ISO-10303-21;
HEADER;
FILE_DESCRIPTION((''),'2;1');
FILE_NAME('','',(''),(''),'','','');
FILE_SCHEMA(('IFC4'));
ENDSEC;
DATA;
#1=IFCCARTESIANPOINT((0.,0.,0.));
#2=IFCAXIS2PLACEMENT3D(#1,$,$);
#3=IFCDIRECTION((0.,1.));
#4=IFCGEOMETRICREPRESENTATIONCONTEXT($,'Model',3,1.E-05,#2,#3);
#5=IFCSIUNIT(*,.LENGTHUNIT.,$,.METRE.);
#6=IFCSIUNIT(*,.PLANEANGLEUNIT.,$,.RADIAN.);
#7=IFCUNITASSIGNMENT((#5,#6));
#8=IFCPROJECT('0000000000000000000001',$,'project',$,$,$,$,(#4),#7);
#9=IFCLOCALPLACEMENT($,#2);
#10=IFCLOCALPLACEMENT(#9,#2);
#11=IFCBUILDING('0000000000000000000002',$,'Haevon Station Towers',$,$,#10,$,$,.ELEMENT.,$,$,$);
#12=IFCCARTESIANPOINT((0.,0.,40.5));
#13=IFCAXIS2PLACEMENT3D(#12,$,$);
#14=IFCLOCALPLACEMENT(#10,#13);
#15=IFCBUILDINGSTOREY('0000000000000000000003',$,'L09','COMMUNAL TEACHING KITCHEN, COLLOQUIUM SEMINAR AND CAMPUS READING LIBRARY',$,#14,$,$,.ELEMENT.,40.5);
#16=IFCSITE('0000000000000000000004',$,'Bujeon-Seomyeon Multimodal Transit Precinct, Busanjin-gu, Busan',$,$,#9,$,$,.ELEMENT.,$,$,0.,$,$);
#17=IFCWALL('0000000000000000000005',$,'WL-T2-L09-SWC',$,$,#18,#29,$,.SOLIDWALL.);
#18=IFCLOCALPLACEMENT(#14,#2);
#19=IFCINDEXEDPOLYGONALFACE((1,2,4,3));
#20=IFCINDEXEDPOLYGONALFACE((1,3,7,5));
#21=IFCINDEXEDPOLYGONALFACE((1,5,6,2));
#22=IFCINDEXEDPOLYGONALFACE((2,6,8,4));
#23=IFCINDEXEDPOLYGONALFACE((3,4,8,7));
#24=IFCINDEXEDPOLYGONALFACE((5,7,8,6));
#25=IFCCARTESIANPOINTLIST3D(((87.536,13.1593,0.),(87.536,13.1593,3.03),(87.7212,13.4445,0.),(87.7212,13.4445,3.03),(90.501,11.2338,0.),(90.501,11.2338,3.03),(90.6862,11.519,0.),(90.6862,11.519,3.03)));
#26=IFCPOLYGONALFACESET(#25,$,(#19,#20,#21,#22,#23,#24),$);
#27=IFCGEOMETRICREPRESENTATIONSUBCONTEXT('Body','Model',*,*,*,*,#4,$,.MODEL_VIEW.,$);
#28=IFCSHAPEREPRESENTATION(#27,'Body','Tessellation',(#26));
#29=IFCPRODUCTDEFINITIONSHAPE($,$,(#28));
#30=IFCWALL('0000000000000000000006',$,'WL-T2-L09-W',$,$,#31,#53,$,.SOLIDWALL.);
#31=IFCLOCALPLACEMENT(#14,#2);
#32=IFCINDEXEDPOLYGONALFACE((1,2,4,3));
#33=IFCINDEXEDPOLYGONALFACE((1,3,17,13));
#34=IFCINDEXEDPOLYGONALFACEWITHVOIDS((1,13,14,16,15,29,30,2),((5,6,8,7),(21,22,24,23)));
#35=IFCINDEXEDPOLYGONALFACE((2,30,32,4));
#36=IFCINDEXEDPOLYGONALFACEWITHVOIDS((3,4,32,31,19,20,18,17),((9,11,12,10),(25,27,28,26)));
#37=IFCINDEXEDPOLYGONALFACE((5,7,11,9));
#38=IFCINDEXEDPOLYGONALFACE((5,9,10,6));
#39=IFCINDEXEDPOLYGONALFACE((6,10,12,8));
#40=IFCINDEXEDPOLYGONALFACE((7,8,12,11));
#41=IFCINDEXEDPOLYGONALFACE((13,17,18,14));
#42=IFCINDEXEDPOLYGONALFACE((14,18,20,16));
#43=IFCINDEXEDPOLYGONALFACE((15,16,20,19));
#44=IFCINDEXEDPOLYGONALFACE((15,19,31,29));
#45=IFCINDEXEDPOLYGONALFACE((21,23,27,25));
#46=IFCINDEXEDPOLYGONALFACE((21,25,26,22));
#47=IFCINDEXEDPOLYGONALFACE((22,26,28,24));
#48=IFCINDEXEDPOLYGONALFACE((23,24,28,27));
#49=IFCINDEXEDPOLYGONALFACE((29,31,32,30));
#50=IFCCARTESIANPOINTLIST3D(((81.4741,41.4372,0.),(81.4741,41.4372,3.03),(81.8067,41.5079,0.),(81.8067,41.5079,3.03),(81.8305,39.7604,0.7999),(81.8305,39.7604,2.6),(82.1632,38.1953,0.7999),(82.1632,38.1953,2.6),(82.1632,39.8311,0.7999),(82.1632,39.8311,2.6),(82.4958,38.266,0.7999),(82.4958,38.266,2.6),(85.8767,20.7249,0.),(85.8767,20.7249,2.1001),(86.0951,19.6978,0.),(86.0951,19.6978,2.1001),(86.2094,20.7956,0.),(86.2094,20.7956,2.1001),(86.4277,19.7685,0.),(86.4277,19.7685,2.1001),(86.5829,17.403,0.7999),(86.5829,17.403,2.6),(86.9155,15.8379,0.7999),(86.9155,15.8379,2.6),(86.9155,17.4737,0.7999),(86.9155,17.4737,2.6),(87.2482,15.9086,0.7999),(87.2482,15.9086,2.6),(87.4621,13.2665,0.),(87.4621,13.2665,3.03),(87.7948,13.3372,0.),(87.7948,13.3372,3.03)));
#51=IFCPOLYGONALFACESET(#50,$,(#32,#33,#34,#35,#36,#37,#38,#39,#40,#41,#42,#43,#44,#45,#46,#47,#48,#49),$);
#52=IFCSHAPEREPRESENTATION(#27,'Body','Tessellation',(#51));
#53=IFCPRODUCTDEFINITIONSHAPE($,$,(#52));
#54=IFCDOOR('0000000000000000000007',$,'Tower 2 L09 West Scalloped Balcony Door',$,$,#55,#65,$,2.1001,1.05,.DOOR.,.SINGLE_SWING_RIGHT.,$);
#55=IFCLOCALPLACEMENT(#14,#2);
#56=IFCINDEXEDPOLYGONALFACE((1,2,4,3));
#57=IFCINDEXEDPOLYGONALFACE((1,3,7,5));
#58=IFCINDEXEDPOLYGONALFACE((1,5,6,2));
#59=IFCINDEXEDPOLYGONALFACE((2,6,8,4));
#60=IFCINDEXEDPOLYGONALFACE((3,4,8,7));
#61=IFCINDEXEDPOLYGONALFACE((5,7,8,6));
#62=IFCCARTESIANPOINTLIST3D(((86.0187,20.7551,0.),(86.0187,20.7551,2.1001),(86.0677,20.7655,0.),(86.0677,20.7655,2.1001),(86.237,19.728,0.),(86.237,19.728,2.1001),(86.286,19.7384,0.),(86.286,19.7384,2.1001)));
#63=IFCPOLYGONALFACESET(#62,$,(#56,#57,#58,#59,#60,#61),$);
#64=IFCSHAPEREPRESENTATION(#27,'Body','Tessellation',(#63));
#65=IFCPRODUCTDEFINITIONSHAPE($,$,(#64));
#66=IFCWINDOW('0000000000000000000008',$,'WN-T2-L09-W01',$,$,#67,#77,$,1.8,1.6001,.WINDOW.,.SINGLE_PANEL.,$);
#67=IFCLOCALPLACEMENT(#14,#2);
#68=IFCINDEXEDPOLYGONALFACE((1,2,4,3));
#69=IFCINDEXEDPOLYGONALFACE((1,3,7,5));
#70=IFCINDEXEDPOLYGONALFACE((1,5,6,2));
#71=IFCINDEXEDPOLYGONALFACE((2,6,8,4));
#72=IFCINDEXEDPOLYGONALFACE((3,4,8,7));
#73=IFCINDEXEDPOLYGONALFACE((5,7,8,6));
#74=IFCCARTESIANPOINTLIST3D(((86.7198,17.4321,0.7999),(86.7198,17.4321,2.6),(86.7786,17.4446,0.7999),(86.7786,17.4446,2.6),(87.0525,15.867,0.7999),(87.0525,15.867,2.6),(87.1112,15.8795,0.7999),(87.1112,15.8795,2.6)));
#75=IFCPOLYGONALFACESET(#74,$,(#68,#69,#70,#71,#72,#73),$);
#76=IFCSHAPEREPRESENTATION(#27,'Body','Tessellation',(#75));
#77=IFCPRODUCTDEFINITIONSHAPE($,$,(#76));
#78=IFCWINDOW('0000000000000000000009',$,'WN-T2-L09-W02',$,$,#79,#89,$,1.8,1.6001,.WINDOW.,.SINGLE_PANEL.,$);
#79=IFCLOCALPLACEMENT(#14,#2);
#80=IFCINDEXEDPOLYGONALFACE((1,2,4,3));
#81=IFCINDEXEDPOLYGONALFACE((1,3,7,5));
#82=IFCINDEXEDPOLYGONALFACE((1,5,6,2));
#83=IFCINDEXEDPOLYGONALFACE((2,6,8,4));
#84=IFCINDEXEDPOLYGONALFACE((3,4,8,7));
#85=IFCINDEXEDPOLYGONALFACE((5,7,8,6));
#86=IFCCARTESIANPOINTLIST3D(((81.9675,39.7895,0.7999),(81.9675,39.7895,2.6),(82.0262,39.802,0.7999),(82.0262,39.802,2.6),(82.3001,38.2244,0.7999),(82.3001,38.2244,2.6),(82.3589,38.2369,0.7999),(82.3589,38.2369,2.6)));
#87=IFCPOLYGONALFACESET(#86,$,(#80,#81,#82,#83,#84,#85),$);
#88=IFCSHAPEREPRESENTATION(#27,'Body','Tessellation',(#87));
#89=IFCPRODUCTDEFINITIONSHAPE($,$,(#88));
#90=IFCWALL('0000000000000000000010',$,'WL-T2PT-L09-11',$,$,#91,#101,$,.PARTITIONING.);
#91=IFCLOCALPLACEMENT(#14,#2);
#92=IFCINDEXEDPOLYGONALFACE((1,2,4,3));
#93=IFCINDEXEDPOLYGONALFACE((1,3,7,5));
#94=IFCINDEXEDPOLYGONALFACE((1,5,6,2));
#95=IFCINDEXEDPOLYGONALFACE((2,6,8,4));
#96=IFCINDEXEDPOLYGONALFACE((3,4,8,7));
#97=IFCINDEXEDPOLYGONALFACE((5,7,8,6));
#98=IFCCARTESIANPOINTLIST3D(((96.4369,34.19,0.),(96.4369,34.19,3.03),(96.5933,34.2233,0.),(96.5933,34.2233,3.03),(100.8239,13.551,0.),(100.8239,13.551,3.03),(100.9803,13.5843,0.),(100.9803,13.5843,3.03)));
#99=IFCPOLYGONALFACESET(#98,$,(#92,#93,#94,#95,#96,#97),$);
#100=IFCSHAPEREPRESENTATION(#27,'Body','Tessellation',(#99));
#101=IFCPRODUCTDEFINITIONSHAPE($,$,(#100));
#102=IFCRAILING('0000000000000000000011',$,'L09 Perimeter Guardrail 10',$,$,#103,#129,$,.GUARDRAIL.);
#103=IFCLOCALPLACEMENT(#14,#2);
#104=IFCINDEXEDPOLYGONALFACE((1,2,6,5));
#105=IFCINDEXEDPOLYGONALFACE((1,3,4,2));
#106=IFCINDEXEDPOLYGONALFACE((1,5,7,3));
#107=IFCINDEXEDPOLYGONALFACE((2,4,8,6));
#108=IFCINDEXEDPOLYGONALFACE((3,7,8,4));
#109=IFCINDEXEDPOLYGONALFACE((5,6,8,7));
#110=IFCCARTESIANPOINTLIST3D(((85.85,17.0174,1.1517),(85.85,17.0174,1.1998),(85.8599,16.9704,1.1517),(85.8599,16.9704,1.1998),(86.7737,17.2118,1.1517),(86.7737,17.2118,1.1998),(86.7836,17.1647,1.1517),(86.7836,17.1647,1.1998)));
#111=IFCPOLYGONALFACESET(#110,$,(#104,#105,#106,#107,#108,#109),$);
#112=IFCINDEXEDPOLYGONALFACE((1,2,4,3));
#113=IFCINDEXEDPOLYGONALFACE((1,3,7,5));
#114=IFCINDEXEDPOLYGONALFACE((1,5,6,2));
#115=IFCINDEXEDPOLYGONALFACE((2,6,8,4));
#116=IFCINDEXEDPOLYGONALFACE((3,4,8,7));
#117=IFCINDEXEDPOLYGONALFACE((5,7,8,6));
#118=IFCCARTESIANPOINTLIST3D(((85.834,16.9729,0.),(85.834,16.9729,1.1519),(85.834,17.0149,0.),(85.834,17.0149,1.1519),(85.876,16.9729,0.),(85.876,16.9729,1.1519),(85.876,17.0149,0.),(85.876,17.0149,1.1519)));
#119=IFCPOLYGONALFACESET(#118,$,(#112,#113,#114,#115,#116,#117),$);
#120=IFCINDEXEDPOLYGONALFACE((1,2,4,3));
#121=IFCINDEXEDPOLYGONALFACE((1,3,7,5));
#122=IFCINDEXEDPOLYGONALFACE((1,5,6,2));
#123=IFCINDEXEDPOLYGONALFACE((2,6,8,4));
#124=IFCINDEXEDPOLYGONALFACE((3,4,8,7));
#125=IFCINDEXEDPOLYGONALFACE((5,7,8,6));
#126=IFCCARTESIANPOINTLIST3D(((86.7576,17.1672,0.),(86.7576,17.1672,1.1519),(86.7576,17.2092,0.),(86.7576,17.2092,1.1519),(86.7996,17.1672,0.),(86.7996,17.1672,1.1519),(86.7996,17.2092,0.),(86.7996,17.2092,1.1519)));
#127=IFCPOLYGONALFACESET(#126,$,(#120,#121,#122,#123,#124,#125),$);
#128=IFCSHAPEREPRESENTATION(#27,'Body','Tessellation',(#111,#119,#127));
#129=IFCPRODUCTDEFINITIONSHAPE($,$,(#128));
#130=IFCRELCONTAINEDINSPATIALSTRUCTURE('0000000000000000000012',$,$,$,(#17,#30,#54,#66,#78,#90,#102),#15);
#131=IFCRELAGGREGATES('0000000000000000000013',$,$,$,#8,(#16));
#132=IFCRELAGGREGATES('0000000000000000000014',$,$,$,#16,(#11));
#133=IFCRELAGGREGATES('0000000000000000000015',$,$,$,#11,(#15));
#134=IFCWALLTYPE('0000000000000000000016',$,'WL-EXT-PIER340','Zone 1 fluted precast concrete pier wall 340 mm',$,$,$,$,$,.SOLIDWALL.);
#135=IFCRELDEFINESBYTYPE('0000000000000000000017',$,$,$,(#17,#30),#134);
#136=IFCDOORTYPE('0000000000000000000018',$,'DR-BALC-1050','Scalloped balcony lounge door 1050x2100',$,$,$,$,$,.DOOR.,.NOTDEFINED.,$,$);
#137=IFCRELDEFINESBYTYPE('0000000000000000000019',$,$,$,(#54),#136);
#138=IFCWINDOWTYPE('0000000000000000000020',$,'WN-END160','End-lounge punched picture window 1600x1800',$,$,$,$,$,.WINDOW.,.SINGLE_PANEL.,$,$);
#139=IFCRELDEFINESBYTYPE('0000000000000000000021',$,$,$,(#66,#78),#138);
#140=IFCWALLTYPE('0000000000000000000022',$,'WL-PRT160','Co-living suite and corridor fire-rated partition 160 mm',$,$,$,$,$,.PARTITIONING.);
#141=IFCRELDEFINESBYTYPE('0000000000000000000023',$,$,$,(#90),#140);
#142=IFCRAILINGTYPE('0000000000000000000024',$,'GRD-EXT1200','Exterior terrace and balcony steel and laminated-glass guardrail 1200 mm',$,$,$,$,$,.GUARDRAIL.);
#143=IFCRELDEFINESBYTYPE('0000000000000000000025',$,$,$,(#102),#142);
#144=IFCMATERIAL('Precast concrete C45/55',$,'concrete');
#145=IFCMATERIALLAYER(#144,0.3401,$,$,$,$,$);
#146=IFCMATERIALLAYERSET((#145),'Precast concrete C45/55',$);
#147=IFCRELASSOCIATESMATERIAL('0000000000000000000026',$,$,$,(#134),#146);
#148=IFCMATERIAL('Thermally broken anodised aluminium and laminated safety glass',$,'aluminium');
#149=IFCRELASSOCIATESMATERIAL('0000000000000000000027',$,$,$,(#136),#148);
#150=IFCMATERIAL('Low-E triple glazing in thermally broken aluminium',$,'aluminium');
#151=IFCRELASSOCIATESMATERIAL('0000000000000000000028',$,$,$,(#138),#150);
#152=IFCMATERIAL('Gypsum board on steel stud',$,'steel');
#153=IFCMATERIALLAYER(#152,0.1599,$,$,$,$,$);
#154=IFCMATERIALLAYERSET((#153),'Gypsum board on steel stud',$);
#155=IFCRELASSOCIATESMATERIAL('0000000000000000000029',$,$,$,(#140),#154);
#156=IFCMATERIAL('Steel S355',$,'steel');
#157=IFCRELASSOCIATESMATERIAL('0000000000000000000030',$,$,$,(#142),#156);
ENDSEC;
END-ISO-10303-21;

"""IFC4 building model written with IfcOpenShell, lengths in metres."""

from ifc_helpers import new_model, si_unit, direction, frame, frame_2d, origin, origin_2d, place, context, subcontext, project, spatial, rectangle, extrude, material, layer, layer_set, type_object, element, fill, save


model = new_model("IFC4")

# Units and contexts
model_context = context("Model", 3, precision=1e-05, world=origin(), true_north=direction((0.0, 1.0)))
body_context = subcontext(model_context, "Body", "Model", "MODEL_VIEW")
ifc_project = project(units=[si_unit("LENGTHUNIT", "METRE"), si_unit("PLANEANGLEUNIT", "RADIAN")], contexts=[model_context])

# Site, building, storey
site_placement = place(None, origin())
site = spatial("IfcSite", under=ifc_project, at=site_placement, Name="Bujeon-Seomyeon Multimodal Transit Precinct, Busanjin-gu, Busan", CompositionType="ELEMENT", RefElevation=0.0)
building_placement = place(site_placement, origin())
building = spatial("IfcBuilding", under=site, at=building_placement, Name="Haevon Station Towers", CompositionType="ELEMENT")
storey_placement = place(building_placement, frame((0.0, 0.0, 40.5)))
storey = spatial("IfcBuildingStorey", under=building, at=storey_placement, Name="L09", Description="COMMUNAL TEACHING KITCHEN, COLLOQUIUM SEMINAR AND CAMPUS READING LIBRARY", CompositionType="ELEMENT", Elevation=40.5)

# Shared definitions
ifc_material_1 = material(Name="Steel S355", Category="steel")

# Shared definitions
ifc_material_2 = material(Name="Gypsum board on steel stud", Category="steel")

# Wall
ifc_material_3 = material(Name="Precast concrete C45/55", Category="concrete")
ifc_layer_1 = layer(ifc_material_3, 0.3401)
ifc_layer_set_1 = layer_set([ifc_layer_1], Name="Precast concrete C45/55")
wall_type_1 = type_object("IfcWallType", Name="WL-EXT-PIER340", Description="Zone 1 fluted precast concrete pier wall 340 mm", PredefinedType="SOLIDWALL", material=ifc_layer_set_1)
wall_1_placement = place(storey_placement, frame((90.5935, 11.3765, 0.0), z_axis=(0.0, 0.0, 1.0), x_axis=(-0.838672, 0.544636, 0.0)))
element("IfcWall", 1, at=wall_1_placement, inside=storey, type_object=wall_type_1, Name="WL-T2-L09-SWC", PredefinedType="SOLIDWALL", context=body_context, shape_type="SweptSolid", body=[
    extrude(rectangle(XDim=3.5354, YDim=0.3401, at=frame_2d((1.7676, 0.0))), origin(), (0.0, 0.0, 1.0), 3.03),
])

# Wall, openings, door, windows
wall_2_placement = place(storey_placement, frame((87.6284, 13.302, 0.0), z_axis=(0.0, 0.0, 1.0), x_axis=(-0.207918, 0.978146, 0.0)))
wall_2 = element("IfcWall", 2, at=wall_2_placement, inside=storey, type_object=wall_type_1, Name="WL-T2-L09-W", PredefinedType="SOLIDWALL", context=body_context, shape_type="SweptSolid", body=[
    extrude(rectangle(XDim=28.8, YDim=0.3401, at=frame_2d((14.3999, 0.0))), origin(), (0.0, 0.0, 1.0), 3.03),
])
opening_1_placement = place(wall_2_placement, frame((6.575, 0.0, 0.0)))
opening_1 = element("IfcOpeningElement", 3, at=opening_1_placement, cuts=wall_2, PredefinedType="OPENING", context=body_context, shape_type="SweptSolid", body=[
    extrude(rectangle(XDim=1.05, YDim=2.1001, at=frame_2d((0.5249, 1.05))), frame((0.0, 0.1799, 0.0), z_axis=(0.0, -1.0, 0.0), x_axis=(1.0, 0.0, 0.0)), (0.0, 0.0, 1.0), 0.3601),
])
opening_2_placement = place(wall_2_placement, frame((2.6287, 0.0, 0.8)))
opening_2 = element("IfcOpeningElement", 4, at=opening_2_placement, cuts=wall_2, PredefinedType="OPENING", context=body_context, shape_type="SweptSolid", body=[
    extrude(rectangle(XDim=1.6001, YDim=1.8, at=frame_2d((0.8, 0.8999))), frame((0.0, 0.1799, 0.0), z_axis=(0.0, -1.0, 0.0), x_axis=(1.0, 0.0, 0.0)), (0.0, 0.0, 1.0), 0.3601),
])
opening_3_placement = place(wall_2_placement, frame((25.4856, 0.0, 0.8)))
opening_3 = element("IfcOpeningElement", 5, at=opening_3_placement, cuts=wall_2, PredefinedType="OPENING", context=body_context, shape_type="SweptSolid", body=[
    extrude(rectangle(XDim=1.6001, YDim=1.8, at=frame_2d((0.8, 0.8999))), frame((0.0, 0.1799, 0.0), z_axis=(0.0, -1.0, 0.0), x_axis=(1.0, 0.0, 0.0)), (0.0, 0.0, 1.0), 0.3601),
])
ifc_material_4 = material(Name="Thermally broken anodised aluminium and laminated safety glass", Category="aluminium")
door_type_1 = type_object("IfcDoorType", Name="DR-BALC-1050", Description="Scalloped balcony lounge door 1050x2100", OperationType="NOTDEFINED", PredefinedType="DOOR", material=ifc_material_4)
door_1_placement = place(opening_1_placement, origin())
door_1 = element("IfcDoor", 6, at=door_1_placement, inside=storey, type_object=door_type_1, Name="Tower 2 L09 West Scalloped Balcony Door", OperationType="SINGLE_SWING_RIGHT", OverallHeight=2.1001, OverallWidth=1.05, PredefinedType="DOOR", context=body_context, shape_type="SweptSolid", body=[
    extrude(rectangle(XDim=1.05, YDim=2.1001, at=frame_2d((0.5249, 1.05))), frame((0.0, 0.0249, 0.0), z_axis=(0.0, -1.0, 0.0), x_axis=(1.0, 0.0, 0.0)), (0.0, 0.0, 1.0), 0.05),
])
fill(opening_1, door_1)
ifc_material_5 = material(Name="Low-E triple glazing in thermally broken aluminium", Category="aluminium")
window_type = type_object("IfcWindowType", Name="WN-END160", Description="End-lounge punched picture window 1600x1800", PartitioningType="SINGLE_PANEL", PredefinedType="WINDOW", material=ifc_material_5)
window_1_placement = place(opening_2_placement, origin())
window_1 = element("IfcWindow", 7, at=window_1_placement, inside=storey, type_object=window_type, Name="WN-T2-L09-W01", OverallHeight=1.8, OverallWidth=1.6001, PartitioningType="SINGLE_PANEL", PredefinedType="WINDOW", context=body_context, shape_type="SweptSolid", body=[
    extrude(rectangle(XDim=1.6001, YDim=1.8, at=frame_2d((0.8, 0.8999))), frame((0.0, 0.03, 0.0), z_axis=(0.0, -1.0, 0.0), x_axis=(1.0, 0.0, 0.0)), (0.0, 0.0, 1.0), 0.0601),
])
fill(opening_2, window_1)
window_2_placement = place(opening_3_placement, origin())
window_2 = element("IfcWindow", 8, at=window_2_placement, inside=storey, type_object=window_type, Name="WN-T2-L09-W02", OverallHeight=1.8, OverallWidth=1.6001, PartitioningType="SINGLE_PANEL", PredefinedType="WINDOW", context=body_context, shape_type="SweptSolid", body=[
    extrude(rectangle(XDim=1.6001, YDim=1.8, at=frame_2d((0.8, 0.8999))), frame((0.0, 0.03, 0.0), z_axis=(0.0, -1.0, 0.0), x_axis=(1.0, 0.0, 0.0)), (0.0, 0.0, 1.0), 0.0601),
])
fill(opening_3, window_2)

# Wall
ifc_layer_2 = layer(ifc_material_2, 0.1599)
ifc_layer_set_2 = layer_set([ifc_layer_2], Name="Gypsum board on steel stud")
wall_type_2 = type_object("IfcWallType", Name="WL-PRT160", Description="Co-living suite and corridor fire-rated partition 160 mm", PredefinedType="PARTITIONING", material=ifc_layer_set_2)
wall_3_placement = place(storey_placement, frame((100.9021, 13.5676, 0.0), z_axis=(0.0, 0.0, 1.0), x_axis=(-0.207913, 0.978147, 0.0)))
element("IfcWall", 9, at=wall_3_placement, inside=storey, type_object=wall_type_2, Name="WL-T2PT-L09-11", PredefinedType="PARTITIONING", context=body_context, shape_type="SweptSolid", body=[
    extrude(rectangle(XDim=21.1001, YDim=0.1599, at=frame_2d((10.55, 0.0))), origin(), (0.0, 0.0, 1.0), 3.03),
])

# Railing
railing_type = type_object("IfcRailingType", Name="GRD-EXT1200", Description="Exterior terrace and balcony steel and laminated-glass guardrail 1200 mm", PredefinedType="GUARDRAIL", material=ifc_material_1)
railing_placement = place(storey_placement, frame((85.855, 16.9939, 0.0)))
element("IfcRailing", 10, at=railing_placement, inside=storey, type_object=railing_type, Name="L09 Perimeter Guardrail 10", PredefinedType="GUARDRAIL", context=body_context, shape_type="SweptSolid", body=[
    extrude(rectangle(XDim=0.0481, YDim=0.0481, at=origin_2d()), frame((0.0, 0.0, 1.1758), z_axis=(0.978572, 0.205906, 0.0), x_axis=(-0.205906, 0.978572, 0.0)), (0.0, 0.0, 1.0), 0.9438),
    extrude(rectangle(XDim=0.042, YDim=0.042, at=origin_2d()), origin(), (0.0, 0.0, 1.0), 1.1519),
    extrude(rectangle(XDim=0.042, YDim=0.042, at=origin_2d()), frame((0.9236, 0.1943, 0.0)), (0.0, 0.0, 1.0), 1.1519),
])

save(model, "model.ifc")
